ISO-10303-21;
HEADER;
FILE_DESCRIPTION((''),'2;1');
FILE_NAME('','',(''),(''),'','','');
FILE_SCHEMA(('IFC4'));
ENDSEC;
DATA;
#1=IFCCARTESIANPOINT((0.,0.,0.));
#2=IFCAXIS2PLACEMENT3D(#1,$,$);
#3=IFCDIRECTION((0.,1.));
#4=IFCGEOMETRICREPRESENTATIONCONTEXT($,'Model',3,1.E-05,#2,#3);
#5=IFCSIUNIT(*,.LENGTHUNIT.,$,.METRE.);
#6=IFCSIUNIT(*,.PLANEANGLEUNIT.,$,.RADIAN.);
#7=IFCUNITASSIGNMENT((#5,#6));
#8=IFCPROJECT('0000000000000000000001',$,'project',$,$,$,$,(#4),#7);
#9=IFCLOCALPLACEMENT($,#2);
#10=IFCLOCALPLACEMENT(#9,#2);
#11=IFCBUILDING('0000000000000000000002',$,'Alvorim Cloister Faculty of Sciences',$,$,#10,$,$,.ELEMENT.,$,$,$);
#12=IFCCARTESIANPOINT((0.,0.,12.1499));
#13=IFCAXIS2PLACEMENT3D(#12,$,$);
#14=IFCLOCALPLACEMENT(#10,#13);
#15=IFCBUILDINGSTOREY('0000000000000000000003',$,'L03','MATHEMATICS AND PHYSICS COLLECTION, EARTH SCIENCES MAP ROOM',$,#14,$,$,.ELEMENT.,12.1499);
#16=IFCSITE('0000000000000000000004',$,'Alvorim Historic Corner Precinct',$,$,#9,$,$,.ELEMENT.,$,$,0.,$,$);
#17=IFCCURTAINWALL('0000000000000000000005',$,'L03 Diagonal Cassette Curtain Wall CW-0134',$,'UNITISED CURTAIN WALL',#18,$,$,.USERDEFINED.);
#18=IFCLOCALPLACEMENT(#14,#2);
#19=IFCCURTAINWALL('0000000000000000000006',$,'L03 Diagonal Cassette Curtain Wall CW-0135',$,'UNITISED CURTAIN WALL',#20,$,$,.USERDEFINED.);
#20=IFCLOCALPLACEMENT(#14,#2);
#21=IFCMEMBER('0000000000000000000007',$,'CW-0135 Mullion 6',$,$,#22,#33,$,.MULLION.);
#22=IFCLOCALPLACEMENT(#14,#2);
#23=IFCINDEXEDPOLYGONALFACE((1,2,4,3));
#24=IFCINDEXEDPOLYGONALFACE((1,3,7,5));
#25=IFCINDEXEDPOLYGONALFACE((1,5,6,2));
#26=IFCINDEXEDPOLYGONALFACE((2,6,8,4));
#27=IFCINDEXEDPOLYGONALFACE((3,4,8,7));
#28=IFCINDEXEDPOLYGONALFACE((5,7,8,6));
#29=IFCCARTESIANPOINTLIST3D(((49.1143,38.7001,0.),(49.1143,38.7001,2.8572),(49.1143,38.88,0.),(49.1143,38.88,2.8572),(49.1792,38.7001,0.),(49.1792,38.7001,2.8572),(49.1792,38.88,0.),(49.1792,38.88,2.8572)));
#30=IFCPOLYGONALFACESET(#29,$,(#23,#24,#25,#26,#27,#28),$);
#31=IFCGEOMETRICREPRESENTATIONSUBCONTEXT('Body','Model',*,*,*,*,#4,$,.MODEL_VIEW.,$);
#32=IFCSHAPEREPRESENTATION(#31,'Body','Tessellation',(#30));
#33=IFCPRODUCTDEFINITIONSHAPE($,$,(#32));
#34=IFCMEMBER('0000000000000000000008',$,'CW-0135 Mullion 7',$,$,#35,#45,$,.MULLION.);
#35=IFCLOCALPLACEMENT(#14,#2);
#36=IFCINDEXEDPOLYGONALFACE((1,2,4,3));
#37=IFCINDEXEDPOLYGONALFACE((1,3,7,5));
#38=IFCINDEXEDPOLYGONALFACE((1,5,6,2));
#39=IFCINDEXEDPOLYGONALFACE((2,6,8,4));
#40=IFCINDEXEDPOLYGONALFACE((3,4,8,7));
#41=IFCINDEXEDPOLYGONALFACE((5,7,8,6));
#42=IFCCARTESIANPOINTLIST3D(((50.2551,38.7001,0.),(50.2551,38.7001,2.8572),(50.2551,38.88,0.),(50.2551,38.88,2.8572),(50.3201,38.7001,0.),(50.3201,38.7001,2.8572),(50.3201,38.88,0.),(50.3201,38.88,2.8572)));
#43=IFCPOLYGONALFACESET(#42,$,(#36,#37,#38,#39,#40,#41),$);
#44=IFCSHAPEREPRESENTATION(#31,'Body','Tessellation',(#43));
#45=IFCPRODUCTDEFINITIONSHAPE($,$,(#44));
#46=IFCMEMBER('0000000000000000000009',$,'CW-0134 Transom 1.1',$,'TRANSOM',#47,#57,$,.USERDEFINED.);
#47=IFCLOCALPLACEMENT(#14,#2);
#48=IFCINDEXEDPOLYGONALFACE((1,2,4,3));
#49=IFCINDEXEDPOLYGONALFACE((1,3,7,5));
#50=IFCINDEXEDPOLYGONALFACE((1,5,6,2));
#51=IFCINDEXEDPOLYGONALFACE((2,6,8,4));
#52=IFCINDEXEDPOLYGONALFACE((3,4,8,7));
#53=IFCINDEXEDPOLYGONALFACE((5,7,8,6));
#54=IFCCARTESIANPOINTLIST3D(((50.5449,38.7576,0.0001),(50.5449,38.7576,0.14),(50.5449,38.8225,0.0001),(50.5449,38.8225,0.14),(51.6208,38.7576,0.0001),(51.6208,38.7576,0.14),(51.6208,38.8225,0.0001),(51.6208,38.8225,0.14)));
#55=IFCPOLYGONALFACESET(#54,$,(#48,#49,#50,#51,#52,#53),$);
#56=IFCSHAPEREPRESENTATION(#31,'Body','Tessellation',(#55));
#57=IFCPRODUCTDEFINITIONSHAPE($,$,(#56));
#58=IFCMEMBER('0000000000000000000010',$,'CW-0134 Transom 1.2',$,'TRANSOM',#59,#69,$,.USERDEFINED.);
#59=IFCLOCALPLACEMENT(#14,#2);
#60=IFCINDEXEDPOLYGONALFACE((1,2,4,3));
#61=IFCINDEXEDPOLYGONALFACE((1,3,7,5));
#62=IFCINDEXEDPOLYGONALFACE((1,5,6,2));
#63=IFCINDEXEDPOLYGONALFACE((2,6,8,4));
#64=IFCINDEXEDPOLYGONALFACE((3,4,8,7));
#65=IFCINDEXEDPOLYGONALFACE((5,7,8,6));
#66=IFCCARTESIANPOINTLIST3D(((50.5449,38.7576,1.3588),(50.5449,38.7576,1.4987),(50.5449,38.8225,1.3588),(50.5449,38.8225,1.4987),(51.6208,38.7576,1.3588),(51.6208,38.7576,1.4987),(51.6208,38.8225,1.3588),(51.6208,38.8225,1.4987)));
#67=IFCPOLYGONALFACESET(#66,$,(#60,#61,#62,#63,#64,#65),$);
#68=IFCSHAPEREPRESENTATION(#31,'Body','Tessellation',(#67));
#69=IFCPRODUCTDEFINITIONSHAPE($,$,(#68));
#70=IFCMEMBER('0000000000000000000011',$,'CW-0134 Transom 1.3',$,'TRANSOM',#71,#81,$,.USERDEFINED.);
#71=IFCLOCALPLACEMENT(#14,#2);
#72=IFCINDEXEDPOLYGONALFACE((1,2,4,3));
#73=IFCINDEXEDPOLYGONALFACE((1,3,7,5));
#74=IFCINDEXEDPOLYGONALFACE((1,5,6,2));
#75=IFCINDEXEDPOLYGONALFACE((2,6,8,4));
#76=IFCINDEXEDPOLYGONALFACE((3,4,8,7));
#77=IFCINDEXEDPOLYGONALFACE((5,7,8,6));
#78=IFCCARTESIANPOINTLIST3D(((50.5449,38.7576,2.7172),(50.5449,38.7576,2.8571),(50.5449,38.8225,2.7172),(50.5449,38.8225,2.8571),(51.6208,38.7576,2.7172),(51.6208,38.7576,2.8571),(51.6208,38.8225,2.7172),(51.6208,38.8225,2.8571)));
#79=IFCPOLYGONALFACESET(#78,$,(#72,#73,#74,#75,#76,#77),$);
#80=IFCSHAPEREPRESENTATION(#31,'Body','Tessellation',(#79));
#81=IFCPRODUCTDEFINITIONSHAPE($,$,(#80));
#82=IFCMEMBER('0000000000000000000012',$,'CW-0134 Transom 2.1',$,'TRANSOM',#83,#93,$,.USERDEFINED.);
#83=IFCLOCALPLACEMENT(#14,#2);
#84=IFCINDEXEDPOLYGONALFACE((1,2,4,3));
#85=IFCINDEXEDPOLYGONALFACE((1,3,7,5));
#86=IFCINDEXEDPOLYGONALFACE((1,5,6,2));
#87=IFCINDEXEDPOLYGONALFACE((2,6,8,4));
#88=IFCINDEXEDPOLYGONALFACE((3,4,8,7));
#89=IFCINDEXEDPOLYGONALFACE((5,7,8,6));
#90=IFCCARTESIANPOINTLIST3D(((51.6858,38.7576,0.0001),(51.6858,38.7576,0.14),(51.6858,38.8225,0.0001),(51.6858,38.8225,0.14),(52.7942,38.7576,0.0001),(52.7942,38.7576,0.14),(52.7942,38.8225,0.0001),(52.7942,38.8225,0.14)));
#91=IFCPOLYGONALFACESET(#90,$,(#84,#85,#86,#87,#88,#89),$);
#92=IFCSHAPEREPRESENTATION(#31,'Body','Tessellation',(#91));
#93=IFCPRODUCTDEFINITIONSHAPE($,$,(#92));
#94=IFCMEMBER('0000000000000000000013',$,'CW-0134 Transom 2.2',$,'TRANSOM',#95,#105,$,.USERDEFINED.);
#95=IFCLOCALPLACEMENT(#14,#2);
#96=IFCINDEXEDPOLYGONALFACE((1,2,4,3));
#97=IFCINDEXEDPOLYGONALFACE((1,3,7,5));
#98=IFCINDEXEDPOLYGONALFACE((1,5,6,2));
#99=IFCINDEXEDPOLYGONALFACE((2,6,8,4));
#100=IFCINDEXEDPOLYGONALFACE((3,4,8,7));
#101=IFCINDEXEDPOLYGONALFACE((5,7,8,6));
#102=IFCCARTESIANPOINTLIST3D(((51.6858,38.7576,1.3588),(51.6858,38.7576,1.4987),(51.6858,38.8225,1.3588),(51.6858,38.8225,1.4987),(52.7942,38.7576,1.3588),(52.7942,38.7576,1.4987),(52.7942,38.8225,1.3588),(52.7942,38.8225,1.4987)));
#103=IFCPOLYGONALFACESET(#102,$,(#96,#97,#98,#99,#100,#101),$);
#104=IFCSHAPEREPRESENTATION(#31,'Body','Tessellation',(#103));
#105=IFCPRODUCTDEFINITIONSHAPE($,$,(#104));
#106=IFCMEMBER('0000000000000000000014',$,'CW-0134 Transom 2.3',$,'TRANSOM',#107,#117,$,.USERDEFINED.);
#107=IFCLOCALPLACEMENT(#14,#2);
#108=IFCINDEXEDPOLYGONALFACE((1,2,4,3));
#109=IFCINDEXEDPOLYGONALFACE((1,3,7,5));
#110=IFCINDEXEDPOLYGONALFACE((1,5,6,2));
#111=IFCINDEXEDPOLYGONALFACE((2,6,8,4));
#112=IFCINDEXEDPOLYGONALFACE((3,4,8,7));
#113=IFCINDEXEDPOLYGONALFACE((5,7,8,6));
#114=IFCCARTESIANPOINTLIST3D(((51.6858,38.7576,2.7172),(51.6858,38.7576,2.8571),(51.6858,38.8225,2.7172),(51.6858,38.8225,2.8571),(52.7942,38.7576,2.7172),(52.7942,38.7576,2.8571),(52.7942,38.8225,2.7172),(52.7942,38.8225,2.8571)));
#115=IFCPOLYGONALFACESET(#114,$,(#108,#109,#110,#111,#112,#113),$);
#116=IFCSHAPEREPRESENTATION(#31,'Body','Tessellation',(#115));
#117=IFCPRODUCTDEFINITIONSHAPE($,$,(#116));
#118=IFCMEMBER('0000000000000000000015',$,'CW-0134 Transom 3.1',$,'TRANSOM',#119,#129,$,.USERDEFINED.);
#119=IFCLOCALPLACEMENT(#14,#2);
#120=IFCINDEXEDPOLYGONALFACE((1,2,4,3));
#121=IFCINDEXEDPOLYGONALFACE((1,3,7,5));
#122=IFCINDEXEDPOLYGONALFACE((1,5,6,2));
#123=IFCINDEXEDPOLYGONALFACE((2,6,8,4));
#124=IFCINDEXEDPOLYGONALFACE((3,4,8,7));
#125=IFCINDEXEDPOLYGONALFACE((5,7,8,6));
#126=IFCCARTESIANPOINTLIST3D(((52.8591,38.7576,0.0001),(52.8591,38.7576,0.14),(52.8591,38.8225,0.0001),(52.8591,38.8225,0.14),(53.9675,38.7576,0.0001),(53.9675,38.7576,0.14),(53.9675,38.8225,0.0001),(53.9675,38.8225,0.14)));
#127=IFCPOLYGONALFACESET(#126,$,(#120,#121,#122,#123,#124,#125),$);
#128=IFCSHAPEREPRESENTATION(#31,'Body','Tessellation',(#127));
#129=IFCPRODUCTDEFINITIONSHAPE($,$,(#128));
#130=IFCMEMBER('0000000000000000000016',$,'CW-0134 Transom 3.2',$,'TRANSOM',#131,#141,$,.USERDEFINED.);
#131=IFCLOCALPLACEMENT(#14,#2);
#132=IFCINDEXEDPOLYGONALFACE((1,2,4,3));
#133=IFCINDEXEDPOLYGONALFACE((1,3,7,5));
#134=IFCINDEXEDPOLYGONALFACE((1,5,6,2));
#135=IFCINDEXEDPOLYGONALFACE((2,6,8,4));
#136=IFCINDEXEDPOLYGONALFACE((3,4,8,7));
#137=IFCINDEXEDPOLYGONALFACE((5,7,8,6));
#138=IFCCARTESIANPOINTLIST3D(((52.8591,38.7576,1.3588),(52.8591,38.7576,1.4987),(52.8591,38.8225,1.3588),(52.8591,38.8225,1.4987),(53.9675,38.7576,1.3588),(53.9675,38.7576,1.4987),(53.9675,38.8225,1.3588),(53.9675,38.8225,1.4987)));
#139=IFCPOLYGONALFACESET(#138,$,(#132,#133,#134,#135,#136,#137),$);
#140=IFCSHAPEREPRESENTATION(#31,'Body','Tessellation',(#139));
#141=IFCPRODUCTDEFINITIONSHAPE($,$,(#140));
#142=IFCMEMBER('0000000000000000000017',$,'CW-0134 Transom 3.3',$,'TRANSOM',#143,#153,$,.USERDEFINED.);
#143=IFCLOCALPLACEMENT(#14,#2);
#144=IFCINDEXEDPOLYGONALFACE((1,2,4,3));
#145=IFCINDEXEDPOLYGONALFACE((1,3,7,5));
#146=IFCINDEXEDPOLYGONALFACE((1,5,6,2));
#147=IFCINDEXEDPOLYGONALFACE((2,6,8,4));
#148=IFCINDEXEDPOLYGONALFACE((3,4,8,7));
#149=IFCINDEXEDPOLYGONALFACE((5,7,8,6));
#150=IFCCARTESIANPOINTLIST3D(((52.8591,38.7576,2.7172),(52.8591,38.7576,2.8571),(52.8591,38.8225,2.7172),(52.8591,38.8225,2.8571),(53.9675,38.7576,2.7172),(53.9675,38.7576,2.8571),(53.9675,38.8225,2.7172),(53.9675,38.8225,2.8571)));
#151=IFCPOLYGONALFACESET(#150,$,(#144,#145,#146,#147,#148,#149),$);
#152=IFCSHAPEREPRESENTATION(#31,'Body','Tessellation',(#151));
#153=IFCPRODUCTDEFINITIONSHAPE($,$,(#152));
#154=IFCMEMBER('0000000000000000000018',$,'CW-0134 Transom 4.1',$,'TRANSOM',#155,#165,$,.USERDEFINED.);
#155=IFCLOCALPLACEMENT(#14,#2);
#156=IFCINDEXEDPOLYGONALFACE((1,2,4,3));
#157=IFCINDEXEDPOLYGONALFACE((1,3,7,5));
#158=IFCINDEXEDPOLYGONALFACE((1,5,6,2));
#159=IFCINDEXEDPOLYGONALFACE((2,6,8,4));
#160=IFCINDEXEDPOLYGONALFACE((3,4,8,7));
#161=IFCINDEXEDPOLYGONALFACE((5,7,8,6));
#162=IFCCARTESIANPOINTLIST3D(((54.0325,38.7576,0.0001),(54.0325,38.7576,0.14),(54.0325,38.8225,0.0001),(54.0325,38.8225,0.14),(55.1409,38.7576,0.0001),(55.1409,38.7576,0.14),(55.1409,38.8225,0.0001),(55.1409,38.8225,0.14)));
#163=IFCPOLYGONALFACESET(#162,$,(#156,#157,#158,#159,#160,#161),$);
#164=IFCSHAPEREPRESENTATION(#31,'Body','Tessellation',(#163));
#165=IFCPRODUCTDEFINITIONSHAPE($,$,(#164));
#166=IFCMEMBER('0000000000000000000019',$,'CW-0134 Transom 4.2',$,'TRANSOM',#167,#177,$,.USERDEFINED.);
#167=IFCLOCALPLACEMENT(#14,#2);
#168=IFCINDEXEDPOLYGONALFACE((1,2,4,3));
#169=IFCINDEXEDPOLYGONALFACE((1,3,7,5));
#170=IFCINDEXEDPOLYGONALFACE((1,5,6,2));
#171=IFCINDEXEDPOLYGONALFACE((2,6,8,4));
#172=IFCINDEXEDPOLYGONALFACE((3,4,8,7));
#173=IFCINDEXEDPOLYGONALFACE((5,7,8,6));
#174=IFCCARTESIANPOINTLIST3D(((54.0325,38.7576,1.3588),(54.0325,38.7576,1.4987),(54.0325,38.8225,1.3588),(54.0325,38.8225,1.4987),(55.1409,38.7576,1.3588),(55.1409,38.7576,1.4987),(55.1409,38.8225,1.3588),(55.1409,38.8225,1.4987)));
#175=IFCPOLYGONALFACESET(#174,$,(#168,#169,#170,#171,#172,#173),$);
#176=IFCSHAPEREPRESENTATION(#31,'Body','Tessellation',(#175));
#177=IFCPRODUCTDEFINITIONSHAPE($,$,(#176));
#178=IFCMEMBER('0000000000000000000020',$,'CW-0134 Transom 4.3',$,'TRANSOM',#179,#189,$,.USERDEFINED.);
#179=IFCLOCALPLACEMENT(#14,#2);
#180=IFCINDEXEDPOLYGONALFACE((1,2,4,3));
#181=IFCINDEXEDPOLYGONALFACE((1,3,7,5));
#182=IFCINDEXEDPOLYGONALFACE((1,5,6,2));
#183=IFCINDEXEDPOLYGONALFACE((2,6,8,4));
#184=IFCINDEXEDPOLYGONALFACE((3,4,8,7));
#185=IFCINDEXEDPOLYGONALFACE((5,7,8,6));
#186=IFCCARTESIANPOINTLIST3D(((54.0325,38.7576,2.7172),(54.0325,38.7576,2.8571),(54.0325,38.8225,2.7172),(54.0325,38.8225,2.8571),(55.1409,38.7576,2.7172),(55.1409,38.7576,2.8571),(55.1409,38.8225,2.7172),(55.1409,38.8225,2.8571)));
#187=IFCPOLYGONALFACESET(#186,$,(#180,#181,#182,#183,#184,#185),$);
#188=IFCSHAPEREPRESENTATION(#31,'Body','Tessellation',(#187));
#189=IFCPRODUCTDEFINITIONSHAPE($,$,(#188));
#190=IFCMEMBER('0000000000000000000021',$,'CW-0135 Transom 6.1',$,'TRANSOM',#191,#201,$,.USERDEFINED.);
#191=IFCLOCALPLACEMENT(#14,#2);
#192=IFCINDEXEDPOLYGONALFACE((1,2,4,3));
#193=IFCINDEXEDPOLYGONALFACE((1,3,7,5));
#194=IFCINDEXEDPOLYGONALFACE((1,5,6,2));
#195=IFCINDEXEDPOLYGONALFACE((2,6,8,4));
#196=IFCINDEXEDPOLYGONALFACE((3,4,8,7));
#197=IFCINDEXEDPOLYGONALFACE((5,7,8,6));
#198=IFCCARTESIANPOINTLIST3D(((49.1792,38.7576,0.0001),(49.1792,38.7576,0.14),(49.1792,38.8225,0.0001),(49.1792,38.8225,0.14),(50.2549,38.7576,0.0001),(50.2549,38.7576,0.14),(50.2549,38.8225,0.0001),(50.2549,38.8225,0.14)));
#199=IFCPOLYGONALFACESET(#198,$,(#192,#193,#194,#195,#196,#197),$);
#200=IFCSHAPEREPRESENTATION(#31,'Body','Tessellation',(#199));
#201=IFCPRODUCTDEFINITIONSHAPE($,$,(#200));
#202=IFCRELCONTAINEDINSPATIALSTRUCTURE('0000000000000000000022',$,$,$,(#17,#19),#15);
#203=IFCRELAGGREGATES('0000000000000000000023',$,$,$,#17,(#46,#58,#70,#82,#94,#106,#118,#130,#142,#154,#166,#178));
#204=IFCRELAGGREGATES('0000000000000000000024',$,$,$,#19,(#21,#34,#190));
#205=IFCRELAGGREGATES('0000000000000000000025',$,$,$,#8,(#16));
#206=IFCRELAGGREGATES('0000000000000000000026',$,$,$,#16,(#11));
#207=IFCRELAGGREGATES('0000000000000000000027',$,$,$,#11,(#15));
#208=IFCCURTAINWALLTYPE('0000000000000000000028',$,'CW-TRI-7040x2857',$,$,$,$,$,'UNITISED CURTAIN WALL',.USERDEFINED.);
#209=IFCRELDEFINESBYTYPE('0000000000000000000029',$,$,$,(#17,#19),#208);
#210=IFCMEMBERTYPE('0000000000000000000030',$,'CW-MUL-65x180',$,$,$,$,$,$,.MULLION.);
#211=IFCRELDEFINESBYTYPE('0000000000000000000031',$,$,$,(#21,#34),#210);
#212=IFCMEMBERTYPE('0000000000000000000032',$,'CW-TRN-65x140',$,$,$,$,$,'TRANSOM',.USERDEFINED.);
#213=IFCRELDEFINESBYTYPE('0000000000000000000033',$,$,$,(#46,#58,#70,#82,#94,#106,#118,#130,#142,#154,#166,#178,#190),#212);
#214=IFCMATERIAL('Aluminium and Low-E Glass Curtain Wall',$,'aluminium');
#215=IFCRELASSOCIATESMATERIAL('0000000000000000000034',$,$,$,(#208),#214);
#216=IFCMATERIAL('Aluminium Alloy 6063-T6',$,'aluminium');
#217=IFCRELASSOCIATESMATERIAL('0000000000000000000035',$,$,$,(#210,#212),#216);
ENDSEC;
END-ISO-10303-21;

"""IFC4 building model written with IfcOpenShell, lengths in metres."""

from ifc_helpers import new_model, si_unit, direction, frame, origin, origin_2d, place, context, subcontext, project, spatial, rectangle, extrude, material, material_profile, profile_set, type_object, element, aggregate, save


model = new_model("IFC4")

# Units and contexts
model_context = context("Model", 3, precision=1e-05, world=origin(), true_north=direction((0.0, 1.0)))
body_context = subcontext(model_context, "Body", "Model", "MODEL_VIEW")
ifc_project = project(units=[si_unit("LENGTHUNIT", "METRE"), si_unit("PLANEANGLEUNIT", "RADIAN")], contexts=[model_context])

# Site, building, storey
site_placement = place(None, origin())
site = spatial("IfcSite", under=ifc_project, at=site_placement, Name="Alvorim Historic Corner Precinct", CompositionType="ELEMENT", RefElevation=0.0)
building_placement = place(site_placement, origin())
building = spatial("IfcBuilding", under=site, at=building_placement, Name="Alvorim Cloister Faculty of Sciences", CompositionType="ELEMENT")
storey_placement = place(building_placement, frame((0.0, 0.0, 12.1499)))
storey = spatial("IfcBuildingStorey", under=building, at=storey_placement, Name="L03", Description="MATHEMATICS AND PHYSICS COLLECTION, EARTH SCIENCES MAP ROOM", CompositionType="ELEMENT", Elevation=12.1499)

# Curtain walls, members
ifc_material_1 = material(Name="Aluminium and Low-E Glass Curtain Wall", Category="aluminium")
curtain_wall_type = type_object("IfcCurtainWallType", Name="CW-TRI-7040x2857", ElementType="UNITISED CURTAIN WALL", PredefinedType="USERDEFINED", material=ifc_material_1)
curtain_wall_1_placement = place(storey_placement, origin())
curtain_wall_1 = element("IfcCurtainWall", 1, at=curtain_wall_1_placement, inside=storey, type_object=curtain_wall_type, Name="L03 Diagonal Cassette Curtain Wall CW-0134", ObjectType="UNITISED CURTAIN WALL", PredefinedType="USERDEFINED")
ifc_material_2 = material(Name="Aluminium Alloy 6063-T6", Category="aluminium")
ifc_material_profile_1 = material_profile(ifc_material_2, rectangle(XDim=0.0649, YDim=0.1799, at=origin_2d()), Name="ALU-MUL-65x180")
ifc_profile_set_1 = profile_set([ifc_material_profile_1], Name="Aluminium Alloy 6063-T6")
member_type_1 = type_object("IfcMemberType", Name="CW-MUL-65x180", PredefinedType="MULLION", material=ifc_profile_set_1)
curtain_wall_2_placement = place(storey_placement, origin())
curtain_wall_2 = element("IfcCurtainWall", 2, at=curtain_wall_2_placement, inside=storey, type_object=curtain_wall_type, Name="L03 Diagonal Cassette Curtain Wall CW-0135", ObjectType="UNITISED CURTAIN WALL", PredefinedType="USERDEFINED")
member_1_placement = place(storey_placement, frame((49.1467, 38.79, 0.0), z_axis=(0.0, 0.0, 1.0), x_axis=(1.0, 0.0, 0.0)))
member_1 = element("IfcMember", 3, at=member_1_placement, type_object=member_type_1, Name="CW-0135 Mullion 6", PredefinedType="MULLION", context=body_context, shape_type="SweptSolid", body=[
    extrude(rectangle(XDim=0.0649, YDim=0.1799, at=origin_2d()), origin(), (0.0, 0.0, 1.0), 2.8572),
])
member_2_placement = place(storey_placement, frame((50.2876, 38.79, 0.0), z_axis=(0.0, 0.0, 1.0), x_axis=(1.0, 0.0, 0.0)))
member_2 = element("IfcMember", 4, at=member_2_placement, type_object=member_type_1, Name="CW-0135 Mullion 7", PredefinedType="MULLION", context=body_context, shape_type="SweptSolid", body=[
    extrude(rectangle(XDim=0.0649, YDim=0.1799, at=origin_2d()), origin(), (0.0, 0.0, 1.0), 2.8572),
])

# Members
ifc_material_profile_2 = material_profile(ifc_material_2, rectangle(XDim=0.0649, YDim=0.1399, at=origin_2d()), Name="ALU-TRN-65x140")
ifc_profile_set_2 = profile_set([ifc_material_profile_2], Name="Aluminium Alloy 6063-T6")
member_type_2 = type_object("IfcMemberType", Name="CW-TRN-65x140", ElementType="TRANSOM", PredefinedType="USERDEFINED", material=ifc_profile_set_2)
member_3_placement = place(storey_placement, frame((50.5449, 38.79, 0.0701), z_axis=(1.0, 0.0, 0.0), x_axis=(0.0, 1.0, 0.0)))
member_3 = element("IfcMember", 5, at=member_3_placement, type_object=member_type_2, Name="CW-0134 Transom 1.1", ObjectType="TRANSOM", PredefinedType="USERDEFINED", context=body_context, shape_type="SweptSolid", body=[
    extrude(rectangle(XDim=0.0649, YDim=0.1399, at=origin_2d()), origin(), (0.0, 0.0, 1.0), 1.0759),
])
member_4_placement = place(storey_placement, frame((50.5449, 38.79, 1.4287), z_axis=(1.0, 0.0, 0.0), x_axis=(0.0, 1.0, 0.0)))
member_4 = element("IfcMember", 6, at=member_4_placement, type_object=member_type_2, Name="CW-0134 Transom 1.2", ObjectType="TRANSOM", PredefinedType="USERDEFINED", context=body_context, shape_type="SweptSolid", body=[
    extrude(rectangle(XDim=0.0649, YDim=0.1399, at=origin_2d()), origin(), (0.0, 0.0, 1.0), 1.0759),
])
member_5_placement = place(storey_placement, frame((50.5449, 38.79, 2.7871), z_axis=(1.0, 0.0, 0.0), x_axis=(0.0, 1.0, 0.0)))
member_5 = element("IfcMember", 7, at=member_5_placement, type_object=member_type_2, Name="CW-0134 Transom 1.3", ObjectType="TRANSOM", PredefinedType="USERDEFINED", context=body_context, shape_type="SweptSolid", body=[
    extrude(rectangle(XDim=0.0649, YDim=0.1399, at=origin_2d()), origin(), (0.0, 0.0, 1.0), 1.0759),
])
member_6_placement = place(storey_placement, frame((51.6858, 38.79, 0.0701), z_axis=(1.0, 0.0, 0.0), x_axis=(0.0, 1.0, 0.0)))
member_6 = element("IfcMember", 8, at=member_6_placement, type_object=member_type_2, Name="CW-0134 Transom 2.1", ObjectType="TRANSOM", PredefinedType="USERDEFINED", context=body_context, shape_type="SweptSolid", body=[
    extrude(rectangle(XDim=0.0649, YDim=0.1399, at=origin_2d()), origin(), (0.0, 0.0, 1.0), 1.1084),
])
member_7_placement = place(storey_placement, frame((51.6858, 38.79, 1.4287), z_axis=(1.0, 0.0, 0.0), x_axis=(0.0, 1.0, 0.0)))
member_7 = element("IfcMember", 9, at=member_7_placement, type_object=member_type_2, Name="CW-0134 Transom 2.2", ObjectType="TRANSOM", PredefinedType="USERDEFINED", context=body_context, shape_type="SweptSolid", body=[
    extrude(rectangle(XDim=0.0649, YDim=0.1399, at=origin_2d()), origin(), (0.0, 0.0, 1.0), 1.1084),
])
member_8_placement = place(storey_placement, frame((51.6858, 38.79, 2.7871), z_axis=(1.0, 0.0, 0.0), x_axis=(0.0, 1.0, 0.0)))
member_8 = element("IfcMember", 10, at=member_8_placement, type_object=member_type_2, Name="CW-0134 Transom 2.3", ObjectType="TRANSOM", PredefinedType="USERDEFINED", context=body_context, shape_type="SweptSolid", body=[
    extrude(rectangle(XDim=0.0649, YDim=0.1399, at=origin_2d()), origin(), (0.0, 0.0, 1.0), 1.1084),
])
member_9_placement = place(storey_placement, frame((52.8591, 38.79, 0.0701), z_axis=(1.0, 0.0, 0.0), x_axis=(0.0, 1.0, 0.0)))
member_9 = element("IfcMember", 11, at=member_9_placement, type_object=member_type_2, Name="CW-0134 Transom 3.1", ObjectType="TRANSOM", PredefinedType="USERDEFINED", context=body_context, shape_type="SweptSolid", body=[
    extrude(rectangle(XDim=0.0649, YDim=0.1399, at=origin_2d()), origin(), (0.0, 0.0, 1.0), 1.1084),
])
member_10_placement = place(storey_placement, frame((52.8591, 38.79, 1.4287), z_axis=(1.0, 0.0, 0.0), x_axis=(0.0, 1.0, 0.0)))
member_10 = element("IfcMember", 12, at=member_10_placement, type_object=member_type_2, Name="CW-0134 Transom 3.2", ObjectType="TRANSOM", PredefinedType="USERDEFINED", context=body_context, shape_type="SweptSolid", body=[
    extrude(rectangle(XDim=0.0649, YDim=0.1399, at=origin_2d()), origin(), (0.0, 0.0, 1.0), 1.1084),
])
member_11_placement = place(storey_placement, frame((52.8591, 38.79, 2.7871), z_axis=(1.0, 0.0, 0.0), x_axis=(0.0, 1.0, 0.0)))
member_11 = element("IfcMember", 13, at=member_11_placement, type_object=member_type_2, Name="CW-0134 Transom 3.3", ObjectType="TRANSOM", PredefinedType="USERDEFINED", context=body_context, shape_type="SweptSolid", body=[
    extrude(rectangle(XDim=0.0649, YDim=0.1399, at=origin_2d()), origin(), (0.0, 0.0, 1.0), 1.1084),
])
member_12_placement = place(storey_placement, frame((54.0325, 38.79, 0.0701), z_axis=(1.0, 0.0, 0.0), x_axis=(0.0, 1.0, 0.0)))
member_12 = element("IfcMember", 14, at=member_12_placement, type_object=member_type_2, Name="CW-0134 Transom 4.1", ObjectType="TRANSOM", PredefinedType="USERDEFINED", context=body_context, shape_type="SweptSolid", body=[
    extrude(rectangle(XDim=0.0649, YDim=0.1399, at=origin_2d()), origin(), (0.0, 0.0, 1.0), 1.1084),
])
member_13_placement = place(storey_placement, frame((54.0325, 38.79, 1.4287), z_axis=(1.0, 0.0, 0.0), x_axis=(0.0, 1.0, 0.0)))
member_13 = element("IfcMember", 15, at=member_13_placement, type_object=member_type_2, Name="CW-0134 Transom 4.2", ObjectType="TRANSOM", PredefinedType="USERDEFINED", context=body_context, shape_type="SweptSolid", body=[
    extrude(rectangle(XDim=0.0649, YDim=0.1399, at=origin_2d()), origin(), (0.0, 0.0, 1.0), 1.1084),
])
member_14_placement = place(storey_placement, frame((54.0325, 38.79, 2.7871), z_axis=(1.0, 0.0, 0.0), x_axis=(0.0, 1.0, 0.0)))
member_14 = element("IfcMember", 16, at=member_14_placement, type_object=member_type_2, Name="CW-0134 Transom 4.3", ObjectType="TRANSOM", PredefinedType="USERDEFINED", context=body_context, shape_type="SweptSolid", body=[
    extrude(rectangle(XDim=0.0649, YDim=0.1399, at=origin_2d()), origin(), (0.0, 0.0, 1.0), 1.1084),
])
aggregate(curtain_wall_1, [member_3, member_4, member_5, member_6, member_7, member_8, member_9, member_10, member_11, member_12, member_13, member_14])
member_15_placement = place(storey_placement, frame((49.1792, 38.79, 0.0701), z_axis=(1.0, 0.0, 0.0), x_axis=(0.0, 1.0, 0.0)))
member_15 = element("IfcMember", 17, at=member_15_placement, type_object=member_type_2, Name="CW-0135 Transom 6.1", ObjectType="TRANSOM", PredefinedType="USERDEFINED", context=body_context, shape_type="SweptSolid", body=[
    extrude(rectangle(XDim=0.0649, YDim=0.1399, at=origin_2d()), origin(), (0.0, 0.0, 1.0), 1.0757),
])
aggregate(curtain_wall_2, [member_1, member_2, member_15])

save(model, "model.ifc")
